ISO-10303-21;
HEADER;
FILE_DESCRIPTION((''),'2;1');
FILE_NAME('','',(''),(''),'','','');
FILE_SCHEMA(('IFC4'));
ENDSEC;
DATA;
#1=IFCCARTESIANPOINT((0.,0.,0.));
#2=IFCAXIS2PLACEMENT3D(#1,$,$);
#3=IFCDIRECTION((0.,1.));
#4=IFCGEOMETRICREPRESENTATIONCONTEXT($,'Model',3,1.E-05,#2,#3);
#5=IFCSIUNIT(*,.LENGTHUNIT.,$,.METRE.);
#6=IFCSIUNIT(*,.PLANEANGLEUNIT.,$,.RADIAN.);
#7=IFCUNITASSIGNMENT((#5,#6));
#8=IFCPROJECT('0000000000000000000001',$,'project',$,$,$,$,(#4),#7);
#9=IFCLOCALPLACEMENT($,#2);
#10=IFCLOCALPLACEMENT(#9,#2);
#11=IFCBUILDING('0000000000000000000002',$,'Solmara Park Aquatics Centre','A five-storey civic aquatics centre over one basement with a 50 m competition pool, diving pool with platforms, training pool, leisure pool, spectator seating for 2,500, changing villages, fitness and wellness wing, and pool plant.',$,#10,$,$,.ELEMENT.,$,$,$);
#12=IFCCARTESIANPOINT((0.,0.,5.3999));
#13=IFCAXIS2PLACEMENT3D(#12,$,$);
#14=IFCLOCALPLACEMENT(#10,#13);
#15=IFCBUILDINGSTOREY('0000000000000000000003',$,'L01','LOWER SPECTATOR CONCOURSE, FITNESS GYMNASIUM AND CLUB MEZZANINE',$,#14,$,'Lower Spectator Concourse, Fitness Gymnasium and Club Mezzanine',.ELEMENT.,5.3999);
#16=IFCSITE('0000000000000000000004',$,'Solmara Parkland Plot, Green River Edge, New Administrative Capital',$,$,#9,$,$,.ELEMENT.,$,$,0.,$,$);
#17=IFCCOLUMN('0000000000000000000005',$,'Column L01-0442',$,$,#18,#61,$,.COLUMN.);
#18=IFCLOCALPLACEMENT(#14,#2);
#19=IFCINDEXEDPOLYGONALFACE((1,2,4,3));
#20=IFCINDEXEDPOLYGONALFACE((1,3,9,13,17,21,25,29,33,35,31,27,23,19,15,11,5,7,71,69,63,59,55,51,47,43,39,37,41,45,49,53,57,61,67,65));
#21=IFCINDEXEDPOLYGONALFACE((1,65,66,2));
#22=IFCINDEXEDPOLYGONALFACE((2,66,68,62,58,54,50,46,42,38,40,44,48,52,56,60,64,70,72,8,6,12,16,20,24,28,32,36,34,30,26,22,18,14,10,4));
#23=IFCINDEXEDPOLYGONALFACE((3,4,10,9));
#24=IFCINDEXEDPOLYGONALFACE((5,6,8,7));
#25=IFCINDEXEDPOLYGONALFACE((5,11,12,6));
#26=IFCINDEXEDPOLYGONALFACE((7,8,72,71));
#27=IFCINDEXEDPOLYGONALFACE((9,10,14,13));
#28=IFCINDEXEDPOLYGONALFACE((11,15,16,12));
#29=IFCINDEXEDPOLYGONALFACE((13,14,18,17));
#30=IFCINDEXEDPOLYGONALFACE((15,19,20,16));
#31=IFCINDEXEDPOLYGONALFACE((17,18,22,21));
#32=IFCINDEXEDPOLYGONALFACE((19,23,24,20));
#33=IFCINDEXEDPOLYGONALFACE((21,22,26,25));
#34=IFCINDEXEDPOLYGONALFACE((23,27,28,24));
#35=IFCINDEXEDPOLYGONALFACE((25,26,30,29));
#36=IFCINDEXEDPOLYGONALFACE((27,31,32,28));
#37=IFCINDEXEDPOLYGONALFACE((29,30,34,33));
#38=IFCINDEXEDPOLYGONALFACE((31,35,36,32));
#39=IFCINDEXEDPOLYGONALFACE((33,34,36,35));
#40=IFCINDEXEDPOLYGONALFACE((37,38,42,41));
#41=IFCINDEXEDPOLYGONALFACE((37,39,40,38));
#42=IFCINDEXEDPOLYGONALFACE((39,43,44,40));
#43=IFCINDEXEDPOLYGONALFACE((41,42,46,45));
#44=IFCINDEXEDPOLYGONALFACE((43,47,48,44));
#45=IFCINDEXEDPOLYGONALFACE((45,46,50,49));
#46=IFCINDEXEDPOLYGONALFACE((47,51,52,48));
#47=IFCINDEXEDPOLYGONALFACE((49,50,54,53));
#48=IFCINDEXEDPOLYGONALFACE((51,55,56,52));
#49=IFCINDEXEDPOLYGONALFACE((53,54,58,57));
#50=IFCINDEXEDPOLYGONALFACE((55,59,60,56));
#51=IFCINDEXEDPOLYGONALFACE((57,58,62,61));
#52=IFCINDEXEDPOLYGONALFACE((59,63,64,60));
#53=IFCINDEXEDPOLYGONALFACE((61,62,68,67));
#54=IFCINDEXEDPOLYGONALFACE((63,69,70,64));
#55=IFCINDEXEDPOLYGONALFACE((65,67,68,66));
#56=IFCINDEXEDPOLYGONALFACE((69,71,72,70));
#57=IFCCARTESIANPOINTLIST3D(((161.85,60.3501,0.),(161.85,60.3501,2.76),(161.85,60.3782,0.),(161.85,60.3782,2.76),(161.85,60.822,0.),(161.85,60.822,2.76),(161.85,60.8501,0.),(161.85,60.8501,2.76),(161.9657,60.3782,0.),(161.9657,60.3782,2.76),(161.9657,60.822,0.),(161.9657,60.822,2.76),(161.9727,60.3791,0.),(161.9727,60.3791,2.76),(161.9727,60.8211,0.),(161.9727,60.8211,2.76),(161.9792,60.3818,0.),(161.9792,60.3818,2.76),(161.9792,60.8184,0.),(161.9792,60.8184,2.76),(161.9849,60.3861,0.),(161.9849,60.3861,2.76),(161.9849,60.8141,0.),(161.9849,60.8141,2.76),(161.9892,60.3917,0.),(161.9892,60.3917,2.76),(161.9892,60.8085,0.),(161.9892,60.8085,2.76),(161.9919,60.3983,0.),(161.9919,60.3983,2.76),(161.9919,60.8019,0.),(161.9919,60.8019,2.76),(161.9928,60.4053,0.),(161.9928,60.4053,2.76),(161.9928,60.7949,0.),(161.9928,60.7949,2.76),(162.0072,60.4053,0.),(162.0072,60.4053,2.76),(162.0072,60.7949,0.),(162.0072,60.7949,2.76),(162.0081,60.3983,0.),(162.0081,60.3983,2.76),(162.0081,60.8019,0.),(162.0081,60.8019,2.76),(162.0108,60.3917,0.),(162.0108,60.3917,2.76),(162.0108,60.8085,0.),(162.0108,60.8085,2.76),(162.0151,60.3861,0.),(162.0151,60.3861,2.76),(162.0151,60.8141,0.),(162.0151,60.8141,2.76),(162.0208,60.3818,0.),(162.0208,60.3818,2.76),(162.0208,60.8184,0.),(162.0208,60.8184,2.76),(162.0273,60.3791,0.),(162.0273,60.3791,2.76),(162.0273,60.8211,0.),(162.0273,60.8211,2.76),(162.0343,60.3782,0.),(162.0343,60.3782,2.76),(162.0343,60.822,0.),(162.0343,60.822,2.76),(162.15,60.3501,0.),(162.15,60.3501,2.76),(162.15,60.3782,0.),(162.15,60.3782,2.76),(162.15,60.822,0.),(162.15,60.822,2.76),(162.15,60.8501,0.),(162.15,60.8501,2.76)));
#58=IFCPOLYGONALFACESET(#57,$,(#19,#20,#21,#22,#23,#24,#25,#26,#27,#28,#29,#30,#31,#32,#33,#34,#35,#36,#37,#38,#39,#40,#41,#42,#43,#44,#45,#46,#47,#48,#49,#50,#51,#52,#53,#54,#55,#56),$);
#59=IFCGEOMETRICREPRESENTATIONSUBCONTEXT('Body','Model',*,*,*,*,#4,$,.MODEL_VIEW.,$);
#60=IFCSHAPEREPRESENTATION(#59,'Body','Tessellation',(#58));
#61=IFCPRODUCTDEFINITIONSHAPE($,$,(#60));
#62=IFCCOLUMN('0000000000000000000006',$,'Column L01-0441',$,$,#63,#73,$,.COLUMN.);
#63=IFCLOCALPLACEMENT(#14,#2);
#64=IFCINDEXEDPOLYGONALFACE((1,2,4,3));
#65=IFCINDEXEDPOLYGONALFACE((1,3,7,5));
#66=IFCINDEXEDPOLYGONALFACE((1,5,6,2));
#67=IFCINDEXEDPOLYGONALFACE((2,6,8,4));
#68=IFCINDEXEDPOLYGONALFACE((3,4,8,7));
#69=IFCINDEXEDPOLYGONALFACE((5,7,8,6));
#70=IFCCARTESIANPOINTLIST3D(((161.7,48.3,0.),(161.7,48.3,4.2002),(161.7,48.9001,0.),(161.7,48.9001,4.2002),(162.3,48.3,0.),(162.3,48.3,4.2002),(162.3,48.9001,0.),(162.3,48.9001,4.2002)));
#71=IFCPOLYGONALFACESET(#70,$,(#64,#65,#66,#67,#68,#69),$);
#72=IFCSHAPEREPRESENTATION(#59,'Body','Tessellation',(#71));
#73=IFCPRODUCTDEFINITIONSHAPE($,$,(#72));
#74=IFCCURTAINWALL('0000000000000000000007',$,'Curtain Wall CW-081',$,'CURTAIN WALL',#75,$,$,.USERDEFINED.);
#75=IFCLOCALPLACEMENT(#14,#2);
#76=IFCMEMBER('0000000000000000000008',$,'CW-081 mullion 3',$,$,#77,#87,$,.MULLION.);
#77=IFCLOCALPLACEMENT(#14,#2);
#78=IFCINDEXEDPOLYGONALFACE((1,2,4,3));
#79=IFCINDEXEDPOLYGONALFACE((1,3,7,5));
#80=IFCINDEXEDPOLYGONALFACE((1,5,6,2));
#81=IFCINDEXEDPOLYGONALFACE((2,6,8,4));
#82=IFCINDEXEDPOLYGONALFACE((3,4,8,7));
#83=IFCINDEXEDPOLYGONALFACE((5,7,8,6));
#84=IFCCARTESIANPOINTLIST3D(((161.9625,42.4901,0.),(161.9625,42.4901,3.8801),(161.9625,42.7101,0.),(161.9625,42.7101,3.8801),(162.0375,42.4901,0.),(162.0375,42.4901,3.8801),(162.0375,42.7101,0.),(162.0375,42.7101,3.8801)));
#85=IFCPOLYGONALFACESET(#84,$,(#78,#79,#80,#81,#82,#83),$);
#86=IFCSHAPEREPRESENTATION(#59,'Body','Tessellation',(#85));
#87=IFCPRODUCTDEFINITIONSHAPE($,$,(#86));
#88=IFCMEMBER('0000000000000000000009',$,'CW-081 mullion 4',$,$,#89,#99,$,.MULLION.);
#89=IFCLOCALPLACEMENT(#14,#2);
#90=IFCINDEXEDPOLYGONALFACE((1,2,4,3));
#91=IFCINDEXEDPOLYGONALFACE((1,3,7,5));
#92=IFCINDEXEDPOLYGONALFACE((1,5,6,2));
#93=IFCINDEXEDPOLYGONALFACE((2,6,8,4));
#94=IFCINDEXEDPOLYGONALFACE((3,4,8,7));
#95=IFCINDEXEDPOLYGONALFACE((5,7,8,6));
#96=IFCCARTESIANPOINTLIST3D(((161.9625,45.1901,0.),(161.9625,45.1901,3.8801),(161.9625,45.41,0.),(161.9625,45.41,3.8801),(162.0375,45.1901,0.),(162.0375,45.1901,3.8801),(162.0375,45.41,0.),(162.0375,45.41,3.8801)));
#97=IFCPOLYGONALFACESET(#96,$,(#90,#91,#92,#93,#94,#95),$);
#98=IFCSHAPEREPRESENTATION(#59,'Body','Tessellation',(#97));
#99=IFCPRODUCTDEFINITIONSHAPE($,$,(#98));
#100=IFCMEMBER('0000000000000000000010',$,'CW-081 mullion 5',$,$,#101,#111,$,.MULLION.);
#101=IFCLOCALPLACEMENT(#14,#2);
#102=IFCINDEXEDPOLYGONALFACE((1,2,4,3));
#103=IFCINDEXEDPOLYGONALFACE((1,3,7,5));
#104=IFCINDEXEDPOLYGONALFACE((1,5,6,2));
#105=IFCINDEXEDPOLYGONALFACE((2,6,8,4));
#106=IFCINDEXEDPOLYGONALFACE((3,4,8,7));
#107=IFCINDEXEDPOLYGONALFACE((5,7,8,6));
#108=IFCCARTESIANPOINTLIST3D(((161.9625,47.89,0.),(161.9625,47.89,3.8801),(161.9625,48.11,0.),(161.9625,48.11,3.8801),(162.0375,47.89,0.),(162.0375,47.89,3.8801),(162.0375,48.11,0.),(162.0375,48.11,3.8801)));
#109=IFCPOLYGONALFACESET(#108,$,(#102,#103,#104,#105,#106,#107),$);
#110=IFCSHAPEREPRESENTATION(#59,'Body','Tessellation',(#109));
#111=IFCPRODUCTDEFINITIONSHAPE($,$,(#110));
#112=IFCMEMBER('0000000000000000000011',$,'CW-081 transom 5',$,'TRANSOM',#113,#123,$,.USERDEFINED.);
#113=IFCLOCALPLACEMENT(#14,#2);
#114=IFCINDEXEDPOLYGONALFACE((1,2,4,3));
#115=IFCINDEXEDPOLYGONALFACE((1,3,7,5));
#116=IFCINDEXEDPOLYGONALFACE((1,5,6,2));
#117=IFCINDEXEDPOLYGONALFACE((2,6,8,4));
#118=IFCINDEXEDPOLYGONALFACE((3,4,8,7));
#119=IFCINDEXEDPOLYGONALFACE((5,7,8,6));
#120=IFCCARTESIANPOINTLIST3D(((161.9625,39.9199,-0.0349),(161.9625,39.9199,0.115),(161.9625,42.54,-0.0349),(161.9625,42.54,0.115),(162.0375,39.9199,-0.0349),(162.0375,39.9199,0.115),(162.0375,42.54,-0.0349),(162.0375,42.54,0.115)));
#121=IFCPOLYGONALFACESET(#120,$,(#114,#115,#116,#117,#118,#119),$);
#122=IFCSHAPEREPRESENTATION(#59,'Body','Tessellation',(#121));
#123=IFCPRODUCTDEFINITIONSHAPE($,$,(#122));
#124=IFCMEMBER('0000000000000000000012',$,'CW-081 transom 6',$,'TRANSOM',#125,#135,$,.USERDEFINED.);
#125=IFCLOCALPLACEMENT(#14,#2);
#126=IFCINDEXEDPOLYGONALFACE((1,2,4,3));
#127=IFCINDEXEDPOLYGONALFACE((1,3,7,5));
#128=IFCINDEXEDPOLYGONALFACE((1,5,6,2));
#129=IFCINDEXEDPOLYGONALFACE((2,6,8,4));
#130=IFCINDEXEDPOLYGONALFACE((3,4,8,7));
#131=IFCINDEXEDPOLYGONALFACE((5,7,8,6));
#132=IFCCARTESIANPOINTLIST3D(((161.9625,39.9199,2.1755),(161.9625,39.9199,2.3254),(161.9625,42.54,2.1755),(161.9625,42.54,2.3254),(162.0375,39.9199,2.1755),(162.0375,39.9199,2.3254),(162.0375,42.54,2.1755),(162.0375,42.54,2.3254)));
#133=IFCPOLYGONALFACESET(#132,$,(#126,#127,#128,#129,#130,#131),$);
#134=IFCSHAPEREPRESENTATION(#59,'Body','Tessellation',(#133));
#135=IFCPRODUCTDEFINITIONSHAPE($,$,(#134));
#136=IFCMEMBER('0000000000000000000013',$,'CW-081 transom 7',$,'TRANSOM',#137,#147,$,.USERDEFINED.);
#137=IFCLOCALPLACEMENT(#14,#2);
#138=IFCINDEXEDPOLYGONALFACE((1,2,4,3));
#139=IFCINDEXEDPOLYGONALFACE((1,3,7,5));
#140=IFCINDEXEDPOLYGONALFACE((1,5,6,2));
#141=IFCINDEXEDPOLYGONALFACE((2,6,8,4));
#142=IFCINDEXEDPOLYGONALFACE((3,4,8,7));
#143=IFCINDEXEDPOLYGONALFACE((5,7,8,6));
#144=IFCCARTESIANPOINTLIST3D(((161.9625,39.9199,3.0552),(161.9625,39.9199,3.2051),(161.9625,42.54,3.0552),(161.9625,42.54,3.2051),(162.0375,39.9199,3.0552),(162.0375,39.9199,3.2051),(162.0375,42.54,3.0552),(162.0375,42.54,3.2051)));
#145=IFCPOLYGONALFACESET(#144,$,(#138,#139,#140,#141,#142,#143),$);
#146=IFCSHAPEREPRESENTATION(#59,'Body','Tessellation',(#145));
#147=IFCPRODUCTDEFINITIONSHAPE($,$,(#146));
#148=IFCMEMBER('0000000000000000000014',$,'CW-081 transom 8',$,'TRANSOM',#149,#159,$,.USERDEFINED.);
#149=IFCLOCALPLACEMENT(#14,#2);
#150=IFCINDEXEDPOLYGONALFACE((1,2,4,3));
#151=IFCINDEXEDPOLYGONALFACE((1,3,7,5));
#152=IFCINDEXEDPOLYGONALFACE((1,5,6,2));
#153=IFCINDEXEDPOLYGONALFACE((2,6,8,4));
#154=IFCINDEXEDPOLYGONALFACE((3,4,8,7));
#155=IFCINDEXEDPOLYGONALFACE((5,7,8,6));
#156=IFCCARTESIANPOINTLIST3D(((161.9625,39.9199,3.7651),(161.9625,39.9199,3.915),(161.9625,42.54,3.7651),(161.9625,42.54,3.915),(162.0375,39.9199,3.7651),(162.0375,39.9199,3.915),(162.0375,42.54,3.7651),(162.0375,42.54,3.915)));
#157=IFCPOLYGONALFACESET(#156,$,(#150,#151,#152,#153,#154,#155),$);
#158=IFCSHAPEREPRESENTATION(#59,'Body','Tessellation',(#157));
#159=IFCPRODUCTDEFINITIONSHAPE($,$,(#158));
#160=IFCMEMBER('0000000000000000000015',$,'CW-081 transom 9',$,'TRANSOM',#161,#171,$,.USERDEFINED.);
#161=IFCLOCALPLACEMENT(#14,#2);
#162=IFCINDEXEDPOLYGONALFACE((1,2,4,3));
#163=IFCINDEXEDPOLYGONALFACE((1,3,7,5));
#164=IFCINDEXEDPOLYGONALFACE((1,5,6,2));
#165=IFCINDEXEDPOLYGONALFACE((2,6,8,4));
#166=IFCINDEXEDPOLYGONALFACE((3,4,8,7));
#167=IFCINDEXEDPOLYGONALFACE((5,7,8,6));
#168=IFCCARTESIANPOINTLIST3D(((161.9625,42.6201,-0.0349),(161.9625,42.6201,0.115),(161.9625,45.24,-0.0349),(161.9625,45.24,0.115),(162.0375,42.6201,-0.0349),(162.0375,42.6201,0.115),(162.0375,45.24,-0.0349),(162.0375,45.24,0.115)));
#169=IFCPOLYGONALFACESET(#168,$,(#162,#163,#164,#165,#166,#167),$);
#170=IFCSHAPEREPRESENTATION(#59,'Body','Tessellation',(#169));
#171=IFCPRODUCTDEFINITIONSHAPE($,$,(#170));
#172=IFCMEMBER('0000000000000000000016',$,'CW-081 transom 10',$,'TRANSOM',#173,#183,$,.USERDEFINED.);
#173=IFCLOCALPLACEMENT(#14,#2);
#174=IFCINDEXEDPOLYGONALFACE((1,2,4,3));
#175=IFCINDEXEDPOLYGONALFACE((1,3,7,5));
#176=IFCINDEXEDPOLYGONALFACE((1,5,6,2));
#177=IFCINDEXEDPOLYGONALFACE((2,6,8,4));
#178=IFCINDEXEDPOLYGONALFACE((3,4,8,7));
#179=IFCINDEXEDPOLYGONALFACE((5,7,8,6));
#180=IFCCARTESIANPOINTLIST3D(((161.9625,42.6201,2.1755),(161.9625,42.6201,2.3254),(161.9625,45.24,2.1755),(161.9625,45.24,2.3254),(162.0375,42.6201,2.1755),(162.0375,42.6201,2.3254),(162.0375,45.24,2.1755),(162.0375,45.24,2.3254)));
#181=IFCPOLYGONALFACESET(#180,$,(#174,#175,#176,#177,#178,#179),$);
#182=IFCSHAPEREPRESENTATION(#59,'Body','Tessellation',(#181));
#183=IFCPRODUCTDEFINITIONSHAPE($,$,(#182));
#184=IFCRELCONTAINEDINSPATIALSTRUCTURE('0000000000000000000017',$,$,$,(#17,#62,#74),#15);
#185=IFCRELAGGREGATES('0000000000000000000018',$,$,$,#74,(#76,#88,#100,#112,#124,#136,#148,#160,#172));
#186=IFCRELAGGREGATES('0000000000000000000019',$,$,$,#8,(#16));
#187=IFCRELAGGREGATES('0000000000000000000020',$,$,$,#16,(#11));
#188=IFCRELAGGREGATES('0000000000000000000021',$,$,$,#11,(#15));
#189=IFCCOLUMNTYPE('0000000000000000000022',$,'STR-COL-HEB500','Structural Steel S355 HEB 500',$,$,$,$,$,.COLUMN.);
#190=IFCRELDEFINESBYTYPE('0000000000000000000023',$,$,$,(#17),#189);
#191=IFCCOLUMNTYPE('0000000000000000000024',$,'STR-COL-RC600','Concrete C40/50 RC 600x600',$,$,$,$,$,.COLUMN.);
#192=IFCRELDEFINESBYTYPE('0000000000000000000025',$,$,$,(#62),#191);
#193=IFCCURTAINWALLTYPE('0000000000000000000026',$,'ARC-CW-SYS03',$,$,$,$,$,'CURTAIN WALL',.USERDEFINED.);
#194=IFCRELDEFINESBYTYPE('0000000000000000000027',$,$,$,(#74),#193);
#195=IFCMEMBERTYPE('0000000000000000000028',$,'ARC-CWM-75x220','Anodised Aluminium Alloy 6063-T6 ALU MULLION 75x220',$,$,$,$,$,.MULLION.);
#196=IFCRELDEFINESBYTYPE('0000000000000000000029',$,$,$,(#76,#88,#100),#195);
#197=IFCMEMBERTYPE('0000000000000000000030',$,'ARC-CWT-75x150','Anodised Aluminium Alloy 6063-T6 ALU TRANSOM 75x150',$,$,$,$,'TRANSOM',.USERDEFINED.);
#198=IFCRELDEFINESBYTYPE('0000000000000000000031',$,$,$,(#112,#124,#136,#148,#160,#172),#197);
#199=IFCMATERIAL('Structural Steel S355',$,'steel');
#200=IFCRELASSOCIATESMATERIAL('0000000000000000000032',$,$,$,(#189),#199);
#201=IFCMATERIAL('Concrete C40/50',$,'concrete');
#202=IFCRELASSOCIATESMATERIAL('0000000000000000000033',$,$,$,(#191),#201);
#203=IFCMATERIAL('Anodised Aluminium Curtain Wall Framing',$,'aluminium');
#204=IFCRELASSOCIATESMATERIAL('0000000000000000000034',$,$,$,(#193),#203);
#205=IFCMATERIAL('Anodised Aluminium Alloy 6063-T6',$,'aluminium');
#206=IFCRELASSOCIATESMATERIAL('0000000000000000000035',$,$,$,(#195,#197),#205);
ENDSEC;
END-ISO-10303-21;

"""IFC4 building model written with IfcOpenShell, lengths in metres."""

from ifc_helpers import new_model, si_unit, direction, frame, origin, origin_2d, place, context, subcontext, project, spatial, rectangle, i_section, extrude, material, material_profile, profile_set, type_object, element, aggregate, save


model = new_model("IFC4")

# Units and contexts
model_context = context("Model", 3, precision=1e-05, world=origin(), true_north=direction((0.0, 1.0)))
body_context = subcontext(model_context, "Body", "Model", "MODEL_VIEW")
ifc_project = project(units=[si_unit("LENGTHUNIT", "METRE"), si_unit("PLANEANGLEUNIT", "RADIAN")], contexts=[model_context])

# Site, building, storey
site_placement = place(None, origin())
site = spatial("IfcSite", under=ifc_project, at=site_placement, Name="Solmara Parkland Plot, Green River Edge, New Administrative Capital", CompositionType="ELEMENT", RefElevation=0.0)
building_placement = place(site_placement, origin())
building = spatial("IfcBuilding", under=site, at=building_placement, Name="Solmara Park Aquatics Centre", Description="A five-storey civic aquatics centre over one basement with a 50 m competition pool, diving pool with platforms, training pool, leisure pool, spectator seating for 2,500, changing villages, fitness and wellness wing, and pool plant.", CompositionType="ELEMENT")
storey_placement = place(building_placement, frame((0.0, 0.0, 5.3999)))
storey = spatial("IfcBuildingStorey", under=building, at=storey_placement, Name="L01", Description="LOWER SPECTATOR CONCOURSE, FITNESS GYMNASIUM AND CLUB MEZZANINE", LongName="Lower Spectator Concourse, Fitness Gymnasium and Club Mezzanine", CompositionType="ELEMENT", Elevation=5.3999)

# Columns
ifc_material_1 = material(Name="Structural Steel S355", Category="steel")
ifc_material_profile_1 = material_profile(ifc_material_1, i_section(OverallWidth=0.3, OverallDepth=0.5, WebThickness=0.0144, FlangeThickness=0.0281, FilletRadius=0.0271, at=origin_2d()), Name="HEB 500")
ifc_profile_set_1 = profile_set([ifc_material_profile_1], Name="Structural Steel S355")
column_type_1 = type_object("IfcColumnType", Name="STR-COL-HEB500", Description="Structural Steel S355 HEB 500", PredefinedType="COLUMN", material=ifc_profile_set_1)
column_1_placement = place(storey_placement, frame((162.0, 60.6001, 0.0), z_axis=(0.0, 0.0, 1.0), x_axis=(1.0, 0.0, 0.0)))
element("IfcColumn", 1, at=column_1_placement, inside=storey, type_object=column_type_1, Name="Column L01-0442", PredefinedType="COLUMN", context=body_context, shape_type="SweptSolid", body=[
    extrude(i_section(OverallWidth=0.3, OverallDepth=0.5, WebThickness=0.0144, FlangeThickness=0.0281, FilletRadius=0.0271, at=origin_2d()), origin(), (0.0, 0.0, 1.0), 2.76),
])
ifc_material_2 = material(Name="Concrete C40/50", Category="concrete")
ifc_material_profile_2 = material_profile(ifc_material_2, rectangle(XDim=0.6001, YDim=0.6001, at=origin_2d()), Name="RC 600x600")
ifc_profile_set_2 = profile_set([ifc_material_profile_2], Name="Concrete C40/50")
column_type_2 = type_object("IfcColumnType", Name="STR-COL-RC600", Description="Concrete C40/50 RC 600x600", PredefinedType="COLUMN", material=ifc_profile_set_2)
column_2_placement = place(storey_placement, frame((162.0, 48.6001, 0.0), z_axis=(0.0, 0.0, 1.0), x_axis=(1.0, 0.0, 0.0)))
element("IfcColumn", 2, at=column_2_placement, inside=storey, type_object=column_type_2, Name="Column L01-0441", PredefinedType="COLUMN", context=body_context, shape_type="SweptSolid", body=[
    extrude(rectangle(XDim=0.6001, YDim=0.6001, at=origin_2d()), origin(), (0.0, 0.0, 1.0), 4.2002),
])

# Curtain wall, members
ifc_material_3 = material(Name="Anodised Aluminium Curtain Wall Framing", Category="aluminium")
curtain_wall_type = type_object("IfcCurtainWallType", Name="ARC-CW-SYS03", ElementType="CURTAIN WALL", PredefinedType="USERDEFINED", material=ifc_material_3)
curtain_wall_placement = place(storey_placement, origin())
curtain_wall = element("IfcCurtainWall", 3, at=curtain_wall_placement, inside=storey, type_object=curtain_wall_type, Name="Curtain Wall CW-081", ObjectType="CURTAIN WALL", PredefinedType="USERDEFINED")
ifc_material_4 = material(Name="Anodised Aluminium Alloy 6063-T6", Category="aluminium")
ifc_material_profile_3 = material_profile(ifc_material_4, rectangle(XDim=0.075, YDim=0.22, at=origin_2d()), Name="ALU MULLION 75x220")
ifc_profile_set_3 = profile_set([ifc_material_profile_3], Name="Anodised Aluminium Alloy 6063-T6")
member_type_1 = type_object("IfcMemberType", Name="ARC-CWM-75x220", Description="Anodised Aluminium Alloy 6063-T6 ALU MULLION 75x220", PredefinedType="MULLION", material=ifc_profile_set_3)
member_1_placement = place(storey_placement, frame((162.0, 42.6001, 0.0), z_axis=(0.0, 0.0, 1.0), x_axis=(1.0, 0.0, 0.0)))
member_1 = element("IfcMember", 4, at=member_1_placement, type_object=member_type_1, Name="CW-081 mullion 3", PredefinedType="MULLION", context=body_context, shape_type="SweptSolid", body=[
    extrude(rectangle(XDim=0.075, YDim=0.22, at=origin_2d()), origin(), (0.0, 0.0, 1.0), 3.8801),
])
member_2_placement = place(storey_placement, frame((162.0, 45.3, 0.0), z_axis=(0.0, 0.0, 1.0), x_axis=(1.0, 0.0, 0.0)))
member_2 = element("IfcMember", 5, at=member_2_placement, type_object=member_type_1, Name="CW-081 mullion 4", PredefinedType="MULLION", context=body_context, shape_type="SweptSolid", body=[
    extrude(rectangle(XDim=0.075, YDim=0.22, at=origin_2d()), origin(), (0.0, 0.0, 1.0), 3.8801),
])
member_3_placement = place(storey_placement, frame((162.0, 48.0, 0.0), z_axis=(0.0, 0.0, 1.0), x_axis=(1.0, 0.0, 0.0)))
member_3 = element("IfcMember", 6, at=member_3_placement, type_object=member_type_1, Name="CW-081 mullion 5", PredefinedType="MULLION", context=body_context, shape_type="SweptSolid", body=[
    extrude(rectangle(XDim=0.075, YDim=0.22, at=origin_2d()), origin(), (0.0, 0.0, 1.0), 3.8801),
])
ifc_material_profile_4 = material_profile(ifc_material_4, rectangle(XDim=0.075, YDim=0.1499, at=origin_2d()), Name="ALU TRANSOM 75x150")
ifc_profile_set_4 = profile_set([ifc_material_profile_4], Name="Anodised Aluminium Alloy 6063-T6")
member_type_2 = type_object("IfcMemberType", Name="ARC-CWT-75x150", Description="Anodised Aluminium Alloy 6063-T6 ALU TRANSOM 75x150", ElementType="TRANSOM", PredefinedType="USERDEFINED", material=ifc_profile_set_4)
member_4_placement = place(storey_placement, frame((162.0, 39.9199, 0.04), z_axis=(0.0, 1.0, 0.0), x_axis=(-1.0, 0.0, 0.0)))
member_4 = element("IfcMember", 7, at=member_4_placement, type_object=member_type_2, Name="CW-081 transom 5", ObjectType="TRANSOM", PredefinedType="USERDEFINED", context=body_context, shape_type="SweptSolid", body=[
    extrude(rectangle(XDim=0.075, YDim=0.1499, at=origin_2d()), origin(), (0.0, 0.0, 1.0), 2.6201),
])
member_5_placement = place(storey_placement, frame((162.0, 39.9199, 2.2505), z_axis=(0.0, 1.0, 0.0), x_axis=(-1.0, 0.0, 0.0)))
member_5 = element("IfcMember", 8, at=member_5_placement, type_object=member_type_2, Name="CW-081 transom 6", ObjectType="TRANSOM", PredefinedType="USERDEFINED", context=body_context, shape_type="SweptSolid", body=[
    extrude(rectangle(XDim=0.075, YDim=0.1499, at=origin_2d()), origin(), (0.0, 0.0, 1.0), 2.6201),
])
member_6_placement = place(storey_placement, frame((162.0, 39.9199, 3.1301), z_axis=(0.0, 1.0, 0.0), x_axis=(-1.0, 0.0, 0.0)))
member_6 = element("IfcMember", 9, at=member_6_placement, type_object=member_type_2, Name="CW-081 transom 7", ObjectType="TRANSOM", PredefinedType="USERDEFINED", context=body_context, shape_type="SweptSolid", body=[
    extrude(rectangle(XDim=0.075, YDim=0.1499, at=origin_2d()), origin(), (0.0, 0.0, 1.0), 2.6201),
])
member_7_placement = place(storey_placement, frame((162.0, 39.9199, 3.8401), z_axis=(0.0, 1.0, 0.0), x_axis=(-1.0, 0.0, 0.0)))
member_7 = element("IfcMember", 10, at=member_7_placement, type_object=member_type_2, Name="CW-081 transom 8", ObjectType="TRANSOM", PredefinedType="USERDEFINED", context=body_context, shape_type="SweptSolid", body=[
    extrude(rectangle(XDim=0.075, YDim=0.1499, at=origin_2d()), origin(), (0.0, 0.0, 1.0), 2.6201),
])
member_8_placement = place(storey_placement, frame((162.0, 42.6201, 0.04), z_axis=(0.0, 1.0, 0.0), x_axis=(-1.0, 0.0, 0.0)))
member_8 = element("IfcMember", 11, at=member_8_placement, type_object=member_type_2, Name="CW-081 transom 9", ObjectType="TRANSOM", PredefinedType="USERDEFINED", context=body_context, shape_type="SweptSolid", body=[
    extrude(rectangle(XDim=0.075, YDim=0.1499, at=origin_2d()), origin(), (0.0, 0.0, 1.0), 2.6199),
])
member_9_placement = place(storey_placement, frame((162.0, 42.6201, 2.2505), z_axis=(0.0, 1.0, 0.0), x_axis=(-1.0, 0.0, 0.0)))
member_9 = element("IfcMember", 12, at=member_9_placement, type_object=member_type_2, Name="CW-081 transom 10", ObjectType="TRANSOM", PredefinedType="USERDEFINED", context=body_context, shape_type="SweptSolid", body=[
    extrude(rectangle(XDim=0.075, YDim=0.1499, at=origin_2d()), origin(), (0.0, 0.0, 1.0), 2.6199),
])

aggregate(curtain_wall, [member_1, member_2, member_3, member_4, member_5, member_6, member_7, member_8, member_9])

save(model, "model.ifc")
